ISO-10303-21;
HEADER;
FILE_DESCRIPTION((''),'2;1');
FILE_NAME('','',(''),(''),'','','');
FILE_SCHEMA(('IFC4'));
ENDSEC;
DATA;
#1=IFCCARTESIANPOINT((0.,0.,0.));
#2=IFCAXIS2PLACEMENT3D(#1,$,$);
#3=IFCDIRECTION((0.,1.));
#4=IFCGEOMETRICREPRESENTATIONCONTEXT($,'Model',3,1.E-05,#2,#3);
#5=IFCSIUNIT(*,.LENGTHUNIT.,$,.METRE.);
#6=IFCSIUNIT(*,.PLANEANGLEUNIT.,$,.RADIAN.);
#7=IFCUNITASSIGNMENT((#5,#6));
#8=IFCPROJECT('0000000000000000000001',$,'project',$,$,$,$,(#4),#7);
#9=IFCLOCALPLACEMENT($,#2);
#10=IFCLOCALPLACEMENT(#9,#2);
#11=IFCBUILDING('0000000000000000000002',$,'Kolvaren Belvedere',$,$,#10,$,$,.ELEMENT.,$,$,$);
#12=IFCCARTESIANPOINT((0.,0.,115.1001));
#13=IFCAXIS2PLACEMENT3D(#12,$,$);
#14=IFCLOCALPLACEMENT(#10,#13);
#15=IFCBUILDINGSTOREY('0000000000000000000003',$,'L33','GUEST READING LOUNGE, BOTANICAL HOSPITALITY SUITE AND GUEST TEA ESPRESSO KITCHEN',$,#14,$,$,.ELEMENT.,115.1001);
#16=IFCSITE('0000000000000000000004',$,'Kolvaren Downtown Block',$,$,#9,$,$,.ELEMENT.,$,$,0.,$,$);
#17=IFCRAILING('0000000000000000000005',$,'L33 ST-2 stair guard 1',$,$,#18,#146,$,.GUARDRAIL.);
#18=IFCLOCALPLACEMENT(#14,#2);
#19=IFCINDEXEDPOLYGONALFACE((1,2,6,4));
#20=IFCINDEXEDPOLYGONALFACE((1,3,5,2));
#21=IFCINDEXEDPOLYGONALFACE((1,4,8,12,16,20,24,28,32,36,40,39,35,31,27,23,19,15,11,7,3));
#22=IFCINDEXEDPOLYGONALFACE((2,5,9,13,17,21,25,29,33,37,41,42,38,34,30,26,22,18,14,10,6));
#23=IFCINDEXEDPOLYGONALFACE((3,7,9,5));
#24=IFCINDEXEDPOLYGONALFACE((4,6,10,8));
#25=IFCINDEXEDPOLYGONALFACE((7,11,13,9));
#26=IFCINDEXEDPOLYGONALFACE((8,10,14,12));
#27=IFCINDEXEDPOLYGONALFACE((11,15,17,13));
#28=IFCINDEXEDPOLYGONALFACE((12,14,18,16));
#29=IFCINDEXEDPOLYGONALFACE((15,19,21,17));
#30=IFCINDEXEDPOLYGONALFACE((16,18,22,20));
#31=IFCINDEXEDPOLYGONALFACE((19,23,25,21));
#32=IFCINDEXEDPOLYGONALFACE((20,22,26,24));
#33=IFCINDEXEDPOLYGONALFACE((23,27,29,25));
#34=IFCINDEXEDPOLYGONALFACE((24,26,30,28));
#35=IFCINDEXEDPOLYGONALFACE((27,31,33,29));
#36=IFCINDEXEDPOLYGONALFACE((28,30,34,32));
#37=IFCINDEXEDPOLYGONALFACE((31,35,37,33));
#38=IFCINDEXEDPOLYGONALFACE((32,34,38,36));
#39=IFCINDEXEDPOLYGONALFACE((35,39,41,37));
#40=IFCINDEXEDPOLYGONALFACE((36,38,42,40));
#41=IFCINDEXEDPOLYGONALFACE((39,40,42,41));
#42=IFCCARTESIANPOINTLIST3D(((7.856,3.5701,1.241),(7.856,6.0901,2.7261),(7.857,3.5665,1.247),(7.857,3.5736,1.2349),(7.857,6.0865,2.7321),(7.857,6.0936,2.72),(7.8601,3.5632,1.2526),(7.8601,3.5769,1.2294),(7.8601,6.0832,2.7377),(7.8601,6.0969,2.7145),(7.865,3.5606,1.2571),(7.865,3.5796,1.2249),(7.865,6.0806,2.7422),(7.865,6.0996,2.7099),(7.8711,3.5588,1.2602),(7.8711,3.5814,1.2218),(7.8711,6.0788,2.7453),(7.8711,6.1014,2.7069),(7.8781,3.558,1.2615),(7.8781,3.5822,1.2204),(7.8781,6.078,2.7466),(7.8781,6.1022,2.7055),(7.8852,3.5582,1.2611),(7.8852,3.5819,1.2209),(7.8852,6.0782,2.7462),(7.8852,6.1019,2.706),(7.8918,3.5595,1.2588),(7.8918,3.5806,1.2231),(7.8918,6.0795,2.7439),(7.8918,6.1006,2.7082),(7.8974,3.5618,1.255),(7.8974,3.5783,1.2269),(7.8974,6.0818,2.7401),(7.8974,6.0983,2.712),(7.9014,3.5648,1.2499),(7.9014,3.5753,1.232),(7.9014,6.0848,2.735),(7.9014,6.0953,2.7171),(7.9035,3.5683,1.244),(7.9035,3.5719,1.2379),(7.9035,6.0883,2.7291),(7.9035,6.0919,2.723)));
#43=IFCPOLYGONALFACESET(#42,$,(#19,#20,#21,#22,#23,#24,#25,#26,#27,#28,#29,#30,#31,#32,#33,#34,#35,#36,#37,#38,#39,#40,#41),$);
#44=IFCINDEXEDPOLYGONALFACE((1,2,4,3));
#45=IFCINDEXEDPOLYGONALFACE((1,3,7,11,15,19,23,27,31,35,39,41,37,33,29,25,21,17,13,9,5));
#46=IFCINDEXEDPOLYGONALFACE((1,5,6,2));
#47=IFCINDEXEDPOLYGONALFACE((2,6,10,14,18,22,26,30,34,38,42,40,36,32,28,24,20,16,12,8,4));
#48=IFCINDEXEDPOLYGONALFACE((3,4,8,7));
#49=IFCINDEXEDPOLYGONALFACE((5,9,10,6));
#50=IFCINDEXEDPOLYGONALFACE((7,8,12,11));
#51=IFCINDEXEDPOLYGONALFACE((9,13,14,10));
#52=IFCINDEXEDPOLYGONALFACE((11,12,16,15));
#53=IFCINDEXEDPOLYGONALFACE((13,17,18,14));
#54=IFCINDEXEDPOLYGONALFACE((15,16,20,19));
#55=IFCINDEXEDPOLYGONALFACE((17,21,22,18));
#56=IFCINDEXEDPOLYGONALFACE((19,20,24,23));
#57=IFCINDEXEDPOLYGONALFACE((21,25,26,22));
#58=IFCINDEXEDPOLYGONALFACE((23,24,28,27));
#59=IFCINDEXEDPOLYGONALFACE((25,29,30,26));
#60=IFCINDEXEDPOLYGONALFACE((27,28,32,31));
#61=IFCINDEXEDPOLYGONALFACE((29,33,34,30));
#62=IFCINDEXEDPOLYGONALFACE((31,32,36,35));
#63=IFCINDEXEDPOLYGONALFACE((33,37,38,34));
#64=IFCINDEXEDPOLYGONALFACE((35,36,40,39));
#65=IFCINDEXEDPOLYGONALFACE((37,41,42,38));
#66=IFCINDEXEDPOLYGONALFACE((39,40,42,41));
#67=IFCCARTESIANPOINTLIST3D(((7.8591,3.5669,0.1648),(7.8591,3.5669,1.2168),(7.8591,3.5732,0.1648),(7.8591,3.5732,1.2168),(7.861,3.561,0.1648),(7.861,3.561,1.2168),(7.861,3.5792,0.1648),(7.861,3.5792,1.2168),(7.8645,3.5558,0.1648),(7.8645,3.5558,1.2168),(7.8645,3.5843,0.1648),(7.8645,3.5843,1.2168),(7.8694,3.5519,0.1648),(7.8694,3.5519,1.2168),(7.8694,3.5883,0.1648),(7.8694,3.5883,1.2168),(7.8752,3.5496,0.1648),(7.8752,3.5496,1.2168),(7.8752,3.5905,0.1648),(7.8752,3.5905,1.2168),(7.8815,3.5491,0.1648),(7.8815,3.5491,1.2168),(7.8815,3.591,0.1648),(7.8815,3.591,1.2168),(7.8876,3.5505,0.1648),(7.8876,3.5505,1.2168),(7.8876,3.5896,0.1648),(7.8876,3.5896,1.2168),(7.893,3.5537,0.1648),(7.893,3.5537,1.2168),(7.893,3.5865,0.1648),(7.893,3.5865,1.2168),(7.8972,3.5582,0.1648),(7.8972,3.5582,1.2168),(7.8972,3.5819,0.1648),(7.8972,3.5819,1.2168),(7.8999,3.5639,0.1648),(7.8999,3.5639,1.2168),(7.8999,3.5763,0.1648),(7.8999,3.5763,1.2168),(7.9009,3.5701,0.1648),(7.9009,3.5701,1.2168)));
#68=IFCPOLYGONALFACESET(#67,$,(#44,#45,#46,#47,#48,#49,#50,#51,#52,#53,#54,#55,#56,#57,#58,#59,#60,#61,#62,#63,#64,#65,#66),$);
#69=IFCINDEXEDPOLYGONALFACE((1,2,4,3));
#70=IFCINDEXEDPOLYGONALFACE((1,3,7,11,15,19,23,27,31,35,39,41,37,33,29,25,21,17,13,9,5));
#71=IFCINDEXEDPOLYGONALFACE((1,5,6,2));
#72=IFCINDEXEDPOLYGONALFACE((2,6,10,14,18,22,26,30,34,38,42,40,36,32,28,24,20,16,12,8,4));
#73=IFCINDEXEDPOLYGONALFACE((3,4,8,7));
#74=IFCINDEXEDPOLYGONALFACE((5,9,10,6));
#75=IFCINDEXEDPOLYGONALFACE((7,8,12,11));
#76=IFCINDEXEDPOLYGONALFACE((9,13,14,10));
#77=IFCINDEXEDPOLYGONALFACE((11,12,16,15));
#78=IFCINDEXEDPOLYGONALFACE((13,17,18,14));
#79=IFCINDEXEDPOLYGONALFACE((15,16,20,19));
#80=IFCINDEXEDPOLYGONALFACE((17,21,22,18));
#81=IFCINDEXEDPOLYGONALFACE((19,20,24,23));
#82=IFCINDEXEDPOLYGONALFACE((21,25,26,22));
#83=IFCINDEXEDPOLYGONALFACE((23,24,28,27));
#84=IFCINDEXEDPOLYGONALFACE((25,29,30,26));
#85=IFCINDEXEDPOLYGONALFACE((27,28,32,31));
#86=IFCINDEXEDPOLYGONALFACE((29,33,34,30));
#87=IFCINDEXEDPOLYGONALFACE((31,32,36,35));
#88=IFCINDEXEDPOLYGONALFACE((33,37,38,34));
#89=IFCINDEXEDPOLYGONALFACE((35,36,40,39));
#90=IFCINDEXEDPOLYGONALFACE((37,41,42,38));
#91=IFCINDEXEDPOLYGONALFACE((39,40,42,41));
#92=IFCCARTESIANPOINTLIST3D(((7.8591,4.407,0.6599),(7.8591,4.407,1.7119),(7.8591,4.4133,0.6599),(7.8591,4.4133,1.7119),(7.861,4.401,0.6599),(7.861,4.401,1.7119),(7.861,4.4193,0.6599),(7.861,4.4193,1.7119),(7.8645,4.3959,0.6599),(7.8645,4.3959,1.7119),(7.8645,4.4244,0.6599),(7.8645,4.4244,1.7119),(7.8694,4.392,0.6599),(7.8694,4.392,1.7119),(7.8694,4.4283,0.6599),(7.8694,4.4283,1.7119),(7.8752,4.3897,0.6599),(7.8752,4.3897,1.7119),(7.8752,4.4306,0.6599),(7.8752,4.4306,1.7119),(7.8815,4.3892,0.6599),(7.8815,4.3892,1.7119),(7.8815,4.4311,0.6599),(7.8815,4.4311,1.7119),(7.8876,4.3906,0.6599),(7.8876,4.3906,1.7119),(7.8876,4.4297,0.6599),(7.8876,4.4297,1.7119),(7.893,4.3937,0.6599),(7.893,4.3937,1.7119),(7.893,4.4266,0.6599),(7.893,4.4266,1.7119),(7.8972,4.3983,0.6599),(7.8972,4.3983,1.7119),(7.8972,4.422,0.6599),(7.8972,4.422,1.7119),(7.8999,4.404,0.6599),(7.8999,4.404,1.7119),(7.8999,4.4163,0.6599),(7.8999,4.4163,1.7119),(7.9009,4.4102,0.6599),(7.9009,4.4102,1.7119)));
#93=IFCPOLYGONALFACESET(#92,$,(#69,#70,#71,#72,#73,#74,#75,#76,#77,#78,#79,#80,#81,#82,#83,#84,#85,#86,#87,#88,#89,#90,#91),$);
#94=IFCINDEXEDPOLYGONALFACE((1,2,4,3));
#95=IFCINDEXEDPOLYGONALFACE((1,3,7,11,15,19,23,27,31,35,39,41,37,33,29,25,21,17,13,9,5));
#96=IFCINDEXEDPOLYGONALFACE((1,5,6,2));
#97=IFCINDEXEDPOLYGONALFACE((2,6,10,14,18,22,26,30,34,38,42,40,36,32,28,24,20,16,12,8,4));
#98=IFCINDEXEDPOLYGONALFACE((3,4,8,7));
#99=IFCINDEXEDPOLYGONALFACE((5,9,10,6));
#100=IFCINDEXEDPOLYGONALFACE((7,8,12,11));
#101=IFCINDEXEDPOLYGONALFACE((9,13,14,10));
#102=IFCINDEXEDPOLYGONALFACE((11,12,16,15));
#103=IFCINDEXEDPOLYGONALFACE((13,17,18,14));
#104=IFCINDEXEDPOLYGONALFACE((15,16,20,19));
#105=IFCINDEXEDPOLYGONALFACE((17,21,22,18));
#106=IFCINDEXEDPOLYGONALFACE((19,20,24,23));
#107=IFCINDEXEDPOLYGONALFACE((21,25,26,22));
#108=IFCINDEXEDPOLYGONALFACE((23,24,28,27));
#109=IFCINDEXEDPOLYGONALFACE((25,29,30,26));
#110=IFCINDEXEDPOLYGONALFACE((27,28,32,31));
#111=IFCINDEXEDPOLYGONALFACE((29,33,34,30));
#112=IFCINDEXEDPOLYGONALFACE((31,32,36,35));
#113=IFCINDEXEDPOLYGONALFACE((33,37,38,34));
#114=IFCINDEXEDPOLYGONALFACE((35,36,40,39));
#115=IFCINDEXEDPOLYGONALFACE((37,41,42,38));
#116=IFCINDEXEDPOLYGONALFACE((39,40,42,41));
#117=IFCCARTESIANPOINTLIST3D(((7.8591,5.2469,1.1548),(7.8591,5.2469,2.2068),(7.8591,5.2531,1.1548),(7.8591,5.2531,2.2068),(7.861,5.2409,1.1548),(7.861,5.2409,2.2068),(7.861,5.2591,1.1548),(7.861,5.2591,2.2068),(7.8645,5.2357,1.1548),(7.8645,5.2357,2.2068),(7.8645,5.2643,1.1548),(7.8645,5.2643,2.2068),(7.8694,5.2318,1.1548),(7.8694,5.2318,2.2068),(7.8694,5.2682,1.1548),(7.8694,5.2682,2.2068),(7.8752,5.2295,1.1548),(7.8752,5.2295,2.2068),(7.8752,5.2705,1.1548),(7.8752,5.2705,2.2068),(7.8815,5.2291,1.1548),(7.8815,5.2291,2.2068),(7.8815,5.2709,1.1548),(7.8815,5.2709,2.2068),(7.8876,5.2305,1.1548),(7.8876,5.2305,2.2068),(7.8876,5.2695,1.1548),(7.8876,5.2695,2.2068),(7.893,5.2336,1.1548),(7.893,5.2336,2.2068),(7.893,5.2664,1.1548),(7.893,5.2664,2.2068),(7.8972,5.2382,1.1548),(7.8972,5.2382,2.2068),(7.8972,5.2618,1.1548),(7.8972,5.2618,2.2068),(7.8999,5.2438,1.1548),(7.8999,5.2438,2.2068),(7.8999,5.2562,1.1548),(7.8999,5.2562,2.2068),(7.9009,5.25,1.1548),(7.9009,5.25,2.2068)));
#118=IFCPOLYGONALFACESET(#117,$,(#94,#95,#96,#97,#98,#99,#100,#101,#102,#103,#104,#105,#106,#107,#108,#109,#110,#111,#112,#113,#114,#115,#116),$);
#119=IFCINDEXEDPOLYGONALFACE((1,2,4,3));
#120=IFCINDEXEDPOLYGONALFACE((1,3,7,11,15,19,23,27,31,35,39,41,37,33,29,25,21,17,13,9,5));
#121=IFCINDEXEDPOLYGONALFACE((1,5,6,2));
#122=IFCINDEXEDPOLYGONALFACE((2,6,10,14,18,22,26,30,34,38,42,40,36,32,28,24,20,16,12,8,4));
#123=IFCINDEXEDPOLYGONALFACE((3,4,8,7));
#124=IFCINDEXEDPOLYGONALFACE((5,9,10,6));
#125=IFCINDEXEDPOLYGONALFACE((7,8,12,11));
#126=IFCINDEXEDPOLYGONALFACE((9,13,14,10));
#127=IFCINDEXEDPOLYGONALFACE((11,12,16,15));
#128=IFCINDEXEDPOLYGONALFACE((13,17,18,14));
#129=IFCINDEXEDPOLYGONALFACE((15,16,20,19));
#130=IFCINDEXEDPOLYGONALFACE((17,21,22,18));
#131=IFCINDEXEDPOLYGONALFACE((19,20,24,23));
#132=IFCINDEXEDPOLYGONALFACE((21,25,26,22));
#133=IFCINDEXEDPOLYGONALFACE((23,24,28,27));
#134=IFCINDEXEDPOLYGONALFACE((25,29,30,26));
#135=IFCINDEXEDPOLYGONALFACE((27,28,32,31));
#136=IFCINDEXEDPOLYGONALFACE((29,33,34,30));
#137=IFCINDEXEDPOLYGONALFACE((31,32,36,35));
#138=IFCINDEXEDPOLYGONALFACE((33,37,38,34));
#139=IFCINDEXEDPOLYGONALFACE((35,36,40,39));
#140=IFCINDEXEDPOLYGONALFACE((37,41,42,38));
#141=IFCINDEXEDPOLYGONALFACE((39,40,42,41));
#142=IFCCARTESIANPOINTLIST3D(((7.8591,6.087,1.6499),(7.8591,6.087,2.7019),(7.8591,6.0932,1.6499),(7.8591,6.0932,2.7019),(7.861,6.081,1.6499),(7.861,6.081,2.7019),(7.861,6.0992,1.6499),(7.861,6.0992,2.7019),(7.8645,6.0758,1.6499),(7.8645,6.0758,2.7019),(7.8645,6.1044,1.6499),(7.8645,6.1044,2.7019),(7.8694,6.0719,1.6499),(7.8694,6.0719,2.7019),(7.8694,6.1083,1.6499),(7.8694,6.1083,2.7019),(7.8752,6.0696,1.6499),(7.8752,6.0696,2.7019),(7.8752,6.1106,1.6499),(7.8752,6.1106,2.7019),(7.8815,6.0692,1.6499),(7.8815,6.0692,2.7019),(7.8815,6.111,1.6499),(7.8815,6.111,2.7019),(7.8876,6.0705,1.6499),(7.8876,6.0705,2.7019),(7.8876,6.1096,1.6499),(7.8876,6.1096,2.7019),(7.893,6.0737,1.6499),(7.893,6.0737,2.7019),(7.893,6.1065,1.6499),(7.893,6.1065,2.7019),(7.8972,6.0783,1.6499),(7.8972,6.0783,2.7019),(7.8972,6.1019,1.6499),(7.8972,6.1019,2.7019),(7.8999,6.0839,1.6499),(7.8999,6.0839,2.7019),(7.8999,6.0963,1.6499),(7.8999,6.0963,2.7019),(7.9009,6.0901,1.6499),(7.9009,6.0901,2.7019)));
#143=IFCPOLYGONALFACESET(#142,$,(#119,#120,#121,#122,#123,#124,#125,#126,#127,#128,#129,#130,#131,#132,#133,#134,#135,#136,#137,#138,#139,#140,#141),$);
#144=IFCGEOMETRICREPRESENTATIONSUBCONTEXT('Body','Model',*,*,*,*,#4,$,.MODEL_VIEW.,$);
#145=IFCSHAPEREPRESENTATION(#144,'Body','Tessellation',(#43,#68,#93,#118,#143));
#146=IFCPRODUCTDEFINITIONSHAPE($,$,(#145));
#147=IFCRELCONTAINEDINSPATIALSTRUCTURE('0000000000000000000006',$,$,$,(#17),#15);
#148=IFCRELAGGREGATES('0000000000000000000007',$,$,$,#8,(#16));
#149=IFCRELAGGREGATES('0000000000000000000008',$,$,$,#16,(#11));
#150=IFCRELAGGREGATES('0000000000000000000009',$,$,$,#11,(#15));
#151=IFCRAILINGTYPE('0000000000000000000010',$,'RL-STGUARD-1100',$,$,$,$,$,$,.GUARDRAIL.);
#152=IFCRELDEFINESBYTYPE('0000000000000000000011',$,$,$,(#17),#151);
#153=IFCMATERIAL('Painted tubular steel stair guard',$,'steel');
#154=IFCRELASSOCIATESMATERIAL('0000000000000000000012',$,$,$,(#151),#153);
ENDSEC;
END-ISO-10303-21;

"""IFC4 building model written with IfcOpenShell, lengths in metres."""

from ifc_helpers import new_model, si_unit, direction, frame, origin, origin_2d, place, context, subcontext, project, spatial, circle, extrude, material, type_object, element, save


model = new_model("IFC4")

# Units and contexts
model_context = context("Model", 3, precision=1e-05, world=origin(), true_north=direction((0.0, 1.0)))
body_context = subcontext(model_context, "Body", "Model", "MODEL_VIEW")
ifc_project = project(units=[si_unit("LENGTHUNIT", "METRE"), si_unit("PLANEANGLEUNIT", "RADIAN")], contexts=[model_context])

# Site, building, storey
site_placement = place(None, origin())
site = spatial("IfcSite", under=ifc_project, at=site_placement, Name="Kolvaren Downtown Block", CompositionType="ELEMENT", RefElevation=0.0)
building_placement = place(site_placement, origin())
building = spatial("IfcBuilding", under=site, at=building_placement, Name="Kolvaren Belvedere", CompositionType="ELEMENT")
storey_placement = place(building_placement, frame((0.0, 0.0, 115.1001)))
storey = spatial("IfcBuildingStorey", under=building, at=storey_placement, Name="L33", Description="GUEST READING LOUNGE, BOTANICAL HOSPITALITY SUITE AND GUEST TEA ESPRESSO KITCHEN", CompositionType="ELEMENT", Elevation=115.1001)

# Railing
ifc_material_1 = material(Name="Painted tubular steel stair guard", Category="steel")
railing_type_1 = type_object("IfcRailingType", Name="RL-STGUARD-1100", PredefinedType="GUARDRAIL", material=ifc_material_1)
railing_1_placement = place(storey_placement, frame((7.8799, 3.5701, 0.1648)))
element("IfcRailing", 1, at=railing_1_placement, inside=storey, type_object=railing_type_1, Name="L33 ST-2 stair guard 1", PredefinedType="GUARDRAIL", context=body_context, shape_type="SweptSolid", body=[
    extrude(circle(Radius=0.0239, at=origin_2d()), frame((0.0, 0.0, 1.0762), z_axis=(0.0, 0.861524, 0.507717), x_axis=(-1.0, 0.0, 0.0)), (0.0, 0.0, 1.0), 2.925),
    extrude(circle(Radius=0.021, at=origin_2d()), origin(), (0.0, 0.0, 1.0), 1.052),
    extrude(circle(Radius=0.021, at=origin_2d()), frame((0.0, 0.8401, 0.4951)), (0.0, 0.0, 1.0), 1.052),
    extrude(circle(Radius=0.021, at=origin_2d()), frame((0.0, 1.6799, 0.99)), (0.0, 0.0, 1.0), 1.052),
    extrude(circle(Radius=0.021, at=origin_2d()), frame((0.0, 2.52, 1.4851)), (0.0, 0.0, 1.0), 1.052),
])

save(model, "model.ifc")
